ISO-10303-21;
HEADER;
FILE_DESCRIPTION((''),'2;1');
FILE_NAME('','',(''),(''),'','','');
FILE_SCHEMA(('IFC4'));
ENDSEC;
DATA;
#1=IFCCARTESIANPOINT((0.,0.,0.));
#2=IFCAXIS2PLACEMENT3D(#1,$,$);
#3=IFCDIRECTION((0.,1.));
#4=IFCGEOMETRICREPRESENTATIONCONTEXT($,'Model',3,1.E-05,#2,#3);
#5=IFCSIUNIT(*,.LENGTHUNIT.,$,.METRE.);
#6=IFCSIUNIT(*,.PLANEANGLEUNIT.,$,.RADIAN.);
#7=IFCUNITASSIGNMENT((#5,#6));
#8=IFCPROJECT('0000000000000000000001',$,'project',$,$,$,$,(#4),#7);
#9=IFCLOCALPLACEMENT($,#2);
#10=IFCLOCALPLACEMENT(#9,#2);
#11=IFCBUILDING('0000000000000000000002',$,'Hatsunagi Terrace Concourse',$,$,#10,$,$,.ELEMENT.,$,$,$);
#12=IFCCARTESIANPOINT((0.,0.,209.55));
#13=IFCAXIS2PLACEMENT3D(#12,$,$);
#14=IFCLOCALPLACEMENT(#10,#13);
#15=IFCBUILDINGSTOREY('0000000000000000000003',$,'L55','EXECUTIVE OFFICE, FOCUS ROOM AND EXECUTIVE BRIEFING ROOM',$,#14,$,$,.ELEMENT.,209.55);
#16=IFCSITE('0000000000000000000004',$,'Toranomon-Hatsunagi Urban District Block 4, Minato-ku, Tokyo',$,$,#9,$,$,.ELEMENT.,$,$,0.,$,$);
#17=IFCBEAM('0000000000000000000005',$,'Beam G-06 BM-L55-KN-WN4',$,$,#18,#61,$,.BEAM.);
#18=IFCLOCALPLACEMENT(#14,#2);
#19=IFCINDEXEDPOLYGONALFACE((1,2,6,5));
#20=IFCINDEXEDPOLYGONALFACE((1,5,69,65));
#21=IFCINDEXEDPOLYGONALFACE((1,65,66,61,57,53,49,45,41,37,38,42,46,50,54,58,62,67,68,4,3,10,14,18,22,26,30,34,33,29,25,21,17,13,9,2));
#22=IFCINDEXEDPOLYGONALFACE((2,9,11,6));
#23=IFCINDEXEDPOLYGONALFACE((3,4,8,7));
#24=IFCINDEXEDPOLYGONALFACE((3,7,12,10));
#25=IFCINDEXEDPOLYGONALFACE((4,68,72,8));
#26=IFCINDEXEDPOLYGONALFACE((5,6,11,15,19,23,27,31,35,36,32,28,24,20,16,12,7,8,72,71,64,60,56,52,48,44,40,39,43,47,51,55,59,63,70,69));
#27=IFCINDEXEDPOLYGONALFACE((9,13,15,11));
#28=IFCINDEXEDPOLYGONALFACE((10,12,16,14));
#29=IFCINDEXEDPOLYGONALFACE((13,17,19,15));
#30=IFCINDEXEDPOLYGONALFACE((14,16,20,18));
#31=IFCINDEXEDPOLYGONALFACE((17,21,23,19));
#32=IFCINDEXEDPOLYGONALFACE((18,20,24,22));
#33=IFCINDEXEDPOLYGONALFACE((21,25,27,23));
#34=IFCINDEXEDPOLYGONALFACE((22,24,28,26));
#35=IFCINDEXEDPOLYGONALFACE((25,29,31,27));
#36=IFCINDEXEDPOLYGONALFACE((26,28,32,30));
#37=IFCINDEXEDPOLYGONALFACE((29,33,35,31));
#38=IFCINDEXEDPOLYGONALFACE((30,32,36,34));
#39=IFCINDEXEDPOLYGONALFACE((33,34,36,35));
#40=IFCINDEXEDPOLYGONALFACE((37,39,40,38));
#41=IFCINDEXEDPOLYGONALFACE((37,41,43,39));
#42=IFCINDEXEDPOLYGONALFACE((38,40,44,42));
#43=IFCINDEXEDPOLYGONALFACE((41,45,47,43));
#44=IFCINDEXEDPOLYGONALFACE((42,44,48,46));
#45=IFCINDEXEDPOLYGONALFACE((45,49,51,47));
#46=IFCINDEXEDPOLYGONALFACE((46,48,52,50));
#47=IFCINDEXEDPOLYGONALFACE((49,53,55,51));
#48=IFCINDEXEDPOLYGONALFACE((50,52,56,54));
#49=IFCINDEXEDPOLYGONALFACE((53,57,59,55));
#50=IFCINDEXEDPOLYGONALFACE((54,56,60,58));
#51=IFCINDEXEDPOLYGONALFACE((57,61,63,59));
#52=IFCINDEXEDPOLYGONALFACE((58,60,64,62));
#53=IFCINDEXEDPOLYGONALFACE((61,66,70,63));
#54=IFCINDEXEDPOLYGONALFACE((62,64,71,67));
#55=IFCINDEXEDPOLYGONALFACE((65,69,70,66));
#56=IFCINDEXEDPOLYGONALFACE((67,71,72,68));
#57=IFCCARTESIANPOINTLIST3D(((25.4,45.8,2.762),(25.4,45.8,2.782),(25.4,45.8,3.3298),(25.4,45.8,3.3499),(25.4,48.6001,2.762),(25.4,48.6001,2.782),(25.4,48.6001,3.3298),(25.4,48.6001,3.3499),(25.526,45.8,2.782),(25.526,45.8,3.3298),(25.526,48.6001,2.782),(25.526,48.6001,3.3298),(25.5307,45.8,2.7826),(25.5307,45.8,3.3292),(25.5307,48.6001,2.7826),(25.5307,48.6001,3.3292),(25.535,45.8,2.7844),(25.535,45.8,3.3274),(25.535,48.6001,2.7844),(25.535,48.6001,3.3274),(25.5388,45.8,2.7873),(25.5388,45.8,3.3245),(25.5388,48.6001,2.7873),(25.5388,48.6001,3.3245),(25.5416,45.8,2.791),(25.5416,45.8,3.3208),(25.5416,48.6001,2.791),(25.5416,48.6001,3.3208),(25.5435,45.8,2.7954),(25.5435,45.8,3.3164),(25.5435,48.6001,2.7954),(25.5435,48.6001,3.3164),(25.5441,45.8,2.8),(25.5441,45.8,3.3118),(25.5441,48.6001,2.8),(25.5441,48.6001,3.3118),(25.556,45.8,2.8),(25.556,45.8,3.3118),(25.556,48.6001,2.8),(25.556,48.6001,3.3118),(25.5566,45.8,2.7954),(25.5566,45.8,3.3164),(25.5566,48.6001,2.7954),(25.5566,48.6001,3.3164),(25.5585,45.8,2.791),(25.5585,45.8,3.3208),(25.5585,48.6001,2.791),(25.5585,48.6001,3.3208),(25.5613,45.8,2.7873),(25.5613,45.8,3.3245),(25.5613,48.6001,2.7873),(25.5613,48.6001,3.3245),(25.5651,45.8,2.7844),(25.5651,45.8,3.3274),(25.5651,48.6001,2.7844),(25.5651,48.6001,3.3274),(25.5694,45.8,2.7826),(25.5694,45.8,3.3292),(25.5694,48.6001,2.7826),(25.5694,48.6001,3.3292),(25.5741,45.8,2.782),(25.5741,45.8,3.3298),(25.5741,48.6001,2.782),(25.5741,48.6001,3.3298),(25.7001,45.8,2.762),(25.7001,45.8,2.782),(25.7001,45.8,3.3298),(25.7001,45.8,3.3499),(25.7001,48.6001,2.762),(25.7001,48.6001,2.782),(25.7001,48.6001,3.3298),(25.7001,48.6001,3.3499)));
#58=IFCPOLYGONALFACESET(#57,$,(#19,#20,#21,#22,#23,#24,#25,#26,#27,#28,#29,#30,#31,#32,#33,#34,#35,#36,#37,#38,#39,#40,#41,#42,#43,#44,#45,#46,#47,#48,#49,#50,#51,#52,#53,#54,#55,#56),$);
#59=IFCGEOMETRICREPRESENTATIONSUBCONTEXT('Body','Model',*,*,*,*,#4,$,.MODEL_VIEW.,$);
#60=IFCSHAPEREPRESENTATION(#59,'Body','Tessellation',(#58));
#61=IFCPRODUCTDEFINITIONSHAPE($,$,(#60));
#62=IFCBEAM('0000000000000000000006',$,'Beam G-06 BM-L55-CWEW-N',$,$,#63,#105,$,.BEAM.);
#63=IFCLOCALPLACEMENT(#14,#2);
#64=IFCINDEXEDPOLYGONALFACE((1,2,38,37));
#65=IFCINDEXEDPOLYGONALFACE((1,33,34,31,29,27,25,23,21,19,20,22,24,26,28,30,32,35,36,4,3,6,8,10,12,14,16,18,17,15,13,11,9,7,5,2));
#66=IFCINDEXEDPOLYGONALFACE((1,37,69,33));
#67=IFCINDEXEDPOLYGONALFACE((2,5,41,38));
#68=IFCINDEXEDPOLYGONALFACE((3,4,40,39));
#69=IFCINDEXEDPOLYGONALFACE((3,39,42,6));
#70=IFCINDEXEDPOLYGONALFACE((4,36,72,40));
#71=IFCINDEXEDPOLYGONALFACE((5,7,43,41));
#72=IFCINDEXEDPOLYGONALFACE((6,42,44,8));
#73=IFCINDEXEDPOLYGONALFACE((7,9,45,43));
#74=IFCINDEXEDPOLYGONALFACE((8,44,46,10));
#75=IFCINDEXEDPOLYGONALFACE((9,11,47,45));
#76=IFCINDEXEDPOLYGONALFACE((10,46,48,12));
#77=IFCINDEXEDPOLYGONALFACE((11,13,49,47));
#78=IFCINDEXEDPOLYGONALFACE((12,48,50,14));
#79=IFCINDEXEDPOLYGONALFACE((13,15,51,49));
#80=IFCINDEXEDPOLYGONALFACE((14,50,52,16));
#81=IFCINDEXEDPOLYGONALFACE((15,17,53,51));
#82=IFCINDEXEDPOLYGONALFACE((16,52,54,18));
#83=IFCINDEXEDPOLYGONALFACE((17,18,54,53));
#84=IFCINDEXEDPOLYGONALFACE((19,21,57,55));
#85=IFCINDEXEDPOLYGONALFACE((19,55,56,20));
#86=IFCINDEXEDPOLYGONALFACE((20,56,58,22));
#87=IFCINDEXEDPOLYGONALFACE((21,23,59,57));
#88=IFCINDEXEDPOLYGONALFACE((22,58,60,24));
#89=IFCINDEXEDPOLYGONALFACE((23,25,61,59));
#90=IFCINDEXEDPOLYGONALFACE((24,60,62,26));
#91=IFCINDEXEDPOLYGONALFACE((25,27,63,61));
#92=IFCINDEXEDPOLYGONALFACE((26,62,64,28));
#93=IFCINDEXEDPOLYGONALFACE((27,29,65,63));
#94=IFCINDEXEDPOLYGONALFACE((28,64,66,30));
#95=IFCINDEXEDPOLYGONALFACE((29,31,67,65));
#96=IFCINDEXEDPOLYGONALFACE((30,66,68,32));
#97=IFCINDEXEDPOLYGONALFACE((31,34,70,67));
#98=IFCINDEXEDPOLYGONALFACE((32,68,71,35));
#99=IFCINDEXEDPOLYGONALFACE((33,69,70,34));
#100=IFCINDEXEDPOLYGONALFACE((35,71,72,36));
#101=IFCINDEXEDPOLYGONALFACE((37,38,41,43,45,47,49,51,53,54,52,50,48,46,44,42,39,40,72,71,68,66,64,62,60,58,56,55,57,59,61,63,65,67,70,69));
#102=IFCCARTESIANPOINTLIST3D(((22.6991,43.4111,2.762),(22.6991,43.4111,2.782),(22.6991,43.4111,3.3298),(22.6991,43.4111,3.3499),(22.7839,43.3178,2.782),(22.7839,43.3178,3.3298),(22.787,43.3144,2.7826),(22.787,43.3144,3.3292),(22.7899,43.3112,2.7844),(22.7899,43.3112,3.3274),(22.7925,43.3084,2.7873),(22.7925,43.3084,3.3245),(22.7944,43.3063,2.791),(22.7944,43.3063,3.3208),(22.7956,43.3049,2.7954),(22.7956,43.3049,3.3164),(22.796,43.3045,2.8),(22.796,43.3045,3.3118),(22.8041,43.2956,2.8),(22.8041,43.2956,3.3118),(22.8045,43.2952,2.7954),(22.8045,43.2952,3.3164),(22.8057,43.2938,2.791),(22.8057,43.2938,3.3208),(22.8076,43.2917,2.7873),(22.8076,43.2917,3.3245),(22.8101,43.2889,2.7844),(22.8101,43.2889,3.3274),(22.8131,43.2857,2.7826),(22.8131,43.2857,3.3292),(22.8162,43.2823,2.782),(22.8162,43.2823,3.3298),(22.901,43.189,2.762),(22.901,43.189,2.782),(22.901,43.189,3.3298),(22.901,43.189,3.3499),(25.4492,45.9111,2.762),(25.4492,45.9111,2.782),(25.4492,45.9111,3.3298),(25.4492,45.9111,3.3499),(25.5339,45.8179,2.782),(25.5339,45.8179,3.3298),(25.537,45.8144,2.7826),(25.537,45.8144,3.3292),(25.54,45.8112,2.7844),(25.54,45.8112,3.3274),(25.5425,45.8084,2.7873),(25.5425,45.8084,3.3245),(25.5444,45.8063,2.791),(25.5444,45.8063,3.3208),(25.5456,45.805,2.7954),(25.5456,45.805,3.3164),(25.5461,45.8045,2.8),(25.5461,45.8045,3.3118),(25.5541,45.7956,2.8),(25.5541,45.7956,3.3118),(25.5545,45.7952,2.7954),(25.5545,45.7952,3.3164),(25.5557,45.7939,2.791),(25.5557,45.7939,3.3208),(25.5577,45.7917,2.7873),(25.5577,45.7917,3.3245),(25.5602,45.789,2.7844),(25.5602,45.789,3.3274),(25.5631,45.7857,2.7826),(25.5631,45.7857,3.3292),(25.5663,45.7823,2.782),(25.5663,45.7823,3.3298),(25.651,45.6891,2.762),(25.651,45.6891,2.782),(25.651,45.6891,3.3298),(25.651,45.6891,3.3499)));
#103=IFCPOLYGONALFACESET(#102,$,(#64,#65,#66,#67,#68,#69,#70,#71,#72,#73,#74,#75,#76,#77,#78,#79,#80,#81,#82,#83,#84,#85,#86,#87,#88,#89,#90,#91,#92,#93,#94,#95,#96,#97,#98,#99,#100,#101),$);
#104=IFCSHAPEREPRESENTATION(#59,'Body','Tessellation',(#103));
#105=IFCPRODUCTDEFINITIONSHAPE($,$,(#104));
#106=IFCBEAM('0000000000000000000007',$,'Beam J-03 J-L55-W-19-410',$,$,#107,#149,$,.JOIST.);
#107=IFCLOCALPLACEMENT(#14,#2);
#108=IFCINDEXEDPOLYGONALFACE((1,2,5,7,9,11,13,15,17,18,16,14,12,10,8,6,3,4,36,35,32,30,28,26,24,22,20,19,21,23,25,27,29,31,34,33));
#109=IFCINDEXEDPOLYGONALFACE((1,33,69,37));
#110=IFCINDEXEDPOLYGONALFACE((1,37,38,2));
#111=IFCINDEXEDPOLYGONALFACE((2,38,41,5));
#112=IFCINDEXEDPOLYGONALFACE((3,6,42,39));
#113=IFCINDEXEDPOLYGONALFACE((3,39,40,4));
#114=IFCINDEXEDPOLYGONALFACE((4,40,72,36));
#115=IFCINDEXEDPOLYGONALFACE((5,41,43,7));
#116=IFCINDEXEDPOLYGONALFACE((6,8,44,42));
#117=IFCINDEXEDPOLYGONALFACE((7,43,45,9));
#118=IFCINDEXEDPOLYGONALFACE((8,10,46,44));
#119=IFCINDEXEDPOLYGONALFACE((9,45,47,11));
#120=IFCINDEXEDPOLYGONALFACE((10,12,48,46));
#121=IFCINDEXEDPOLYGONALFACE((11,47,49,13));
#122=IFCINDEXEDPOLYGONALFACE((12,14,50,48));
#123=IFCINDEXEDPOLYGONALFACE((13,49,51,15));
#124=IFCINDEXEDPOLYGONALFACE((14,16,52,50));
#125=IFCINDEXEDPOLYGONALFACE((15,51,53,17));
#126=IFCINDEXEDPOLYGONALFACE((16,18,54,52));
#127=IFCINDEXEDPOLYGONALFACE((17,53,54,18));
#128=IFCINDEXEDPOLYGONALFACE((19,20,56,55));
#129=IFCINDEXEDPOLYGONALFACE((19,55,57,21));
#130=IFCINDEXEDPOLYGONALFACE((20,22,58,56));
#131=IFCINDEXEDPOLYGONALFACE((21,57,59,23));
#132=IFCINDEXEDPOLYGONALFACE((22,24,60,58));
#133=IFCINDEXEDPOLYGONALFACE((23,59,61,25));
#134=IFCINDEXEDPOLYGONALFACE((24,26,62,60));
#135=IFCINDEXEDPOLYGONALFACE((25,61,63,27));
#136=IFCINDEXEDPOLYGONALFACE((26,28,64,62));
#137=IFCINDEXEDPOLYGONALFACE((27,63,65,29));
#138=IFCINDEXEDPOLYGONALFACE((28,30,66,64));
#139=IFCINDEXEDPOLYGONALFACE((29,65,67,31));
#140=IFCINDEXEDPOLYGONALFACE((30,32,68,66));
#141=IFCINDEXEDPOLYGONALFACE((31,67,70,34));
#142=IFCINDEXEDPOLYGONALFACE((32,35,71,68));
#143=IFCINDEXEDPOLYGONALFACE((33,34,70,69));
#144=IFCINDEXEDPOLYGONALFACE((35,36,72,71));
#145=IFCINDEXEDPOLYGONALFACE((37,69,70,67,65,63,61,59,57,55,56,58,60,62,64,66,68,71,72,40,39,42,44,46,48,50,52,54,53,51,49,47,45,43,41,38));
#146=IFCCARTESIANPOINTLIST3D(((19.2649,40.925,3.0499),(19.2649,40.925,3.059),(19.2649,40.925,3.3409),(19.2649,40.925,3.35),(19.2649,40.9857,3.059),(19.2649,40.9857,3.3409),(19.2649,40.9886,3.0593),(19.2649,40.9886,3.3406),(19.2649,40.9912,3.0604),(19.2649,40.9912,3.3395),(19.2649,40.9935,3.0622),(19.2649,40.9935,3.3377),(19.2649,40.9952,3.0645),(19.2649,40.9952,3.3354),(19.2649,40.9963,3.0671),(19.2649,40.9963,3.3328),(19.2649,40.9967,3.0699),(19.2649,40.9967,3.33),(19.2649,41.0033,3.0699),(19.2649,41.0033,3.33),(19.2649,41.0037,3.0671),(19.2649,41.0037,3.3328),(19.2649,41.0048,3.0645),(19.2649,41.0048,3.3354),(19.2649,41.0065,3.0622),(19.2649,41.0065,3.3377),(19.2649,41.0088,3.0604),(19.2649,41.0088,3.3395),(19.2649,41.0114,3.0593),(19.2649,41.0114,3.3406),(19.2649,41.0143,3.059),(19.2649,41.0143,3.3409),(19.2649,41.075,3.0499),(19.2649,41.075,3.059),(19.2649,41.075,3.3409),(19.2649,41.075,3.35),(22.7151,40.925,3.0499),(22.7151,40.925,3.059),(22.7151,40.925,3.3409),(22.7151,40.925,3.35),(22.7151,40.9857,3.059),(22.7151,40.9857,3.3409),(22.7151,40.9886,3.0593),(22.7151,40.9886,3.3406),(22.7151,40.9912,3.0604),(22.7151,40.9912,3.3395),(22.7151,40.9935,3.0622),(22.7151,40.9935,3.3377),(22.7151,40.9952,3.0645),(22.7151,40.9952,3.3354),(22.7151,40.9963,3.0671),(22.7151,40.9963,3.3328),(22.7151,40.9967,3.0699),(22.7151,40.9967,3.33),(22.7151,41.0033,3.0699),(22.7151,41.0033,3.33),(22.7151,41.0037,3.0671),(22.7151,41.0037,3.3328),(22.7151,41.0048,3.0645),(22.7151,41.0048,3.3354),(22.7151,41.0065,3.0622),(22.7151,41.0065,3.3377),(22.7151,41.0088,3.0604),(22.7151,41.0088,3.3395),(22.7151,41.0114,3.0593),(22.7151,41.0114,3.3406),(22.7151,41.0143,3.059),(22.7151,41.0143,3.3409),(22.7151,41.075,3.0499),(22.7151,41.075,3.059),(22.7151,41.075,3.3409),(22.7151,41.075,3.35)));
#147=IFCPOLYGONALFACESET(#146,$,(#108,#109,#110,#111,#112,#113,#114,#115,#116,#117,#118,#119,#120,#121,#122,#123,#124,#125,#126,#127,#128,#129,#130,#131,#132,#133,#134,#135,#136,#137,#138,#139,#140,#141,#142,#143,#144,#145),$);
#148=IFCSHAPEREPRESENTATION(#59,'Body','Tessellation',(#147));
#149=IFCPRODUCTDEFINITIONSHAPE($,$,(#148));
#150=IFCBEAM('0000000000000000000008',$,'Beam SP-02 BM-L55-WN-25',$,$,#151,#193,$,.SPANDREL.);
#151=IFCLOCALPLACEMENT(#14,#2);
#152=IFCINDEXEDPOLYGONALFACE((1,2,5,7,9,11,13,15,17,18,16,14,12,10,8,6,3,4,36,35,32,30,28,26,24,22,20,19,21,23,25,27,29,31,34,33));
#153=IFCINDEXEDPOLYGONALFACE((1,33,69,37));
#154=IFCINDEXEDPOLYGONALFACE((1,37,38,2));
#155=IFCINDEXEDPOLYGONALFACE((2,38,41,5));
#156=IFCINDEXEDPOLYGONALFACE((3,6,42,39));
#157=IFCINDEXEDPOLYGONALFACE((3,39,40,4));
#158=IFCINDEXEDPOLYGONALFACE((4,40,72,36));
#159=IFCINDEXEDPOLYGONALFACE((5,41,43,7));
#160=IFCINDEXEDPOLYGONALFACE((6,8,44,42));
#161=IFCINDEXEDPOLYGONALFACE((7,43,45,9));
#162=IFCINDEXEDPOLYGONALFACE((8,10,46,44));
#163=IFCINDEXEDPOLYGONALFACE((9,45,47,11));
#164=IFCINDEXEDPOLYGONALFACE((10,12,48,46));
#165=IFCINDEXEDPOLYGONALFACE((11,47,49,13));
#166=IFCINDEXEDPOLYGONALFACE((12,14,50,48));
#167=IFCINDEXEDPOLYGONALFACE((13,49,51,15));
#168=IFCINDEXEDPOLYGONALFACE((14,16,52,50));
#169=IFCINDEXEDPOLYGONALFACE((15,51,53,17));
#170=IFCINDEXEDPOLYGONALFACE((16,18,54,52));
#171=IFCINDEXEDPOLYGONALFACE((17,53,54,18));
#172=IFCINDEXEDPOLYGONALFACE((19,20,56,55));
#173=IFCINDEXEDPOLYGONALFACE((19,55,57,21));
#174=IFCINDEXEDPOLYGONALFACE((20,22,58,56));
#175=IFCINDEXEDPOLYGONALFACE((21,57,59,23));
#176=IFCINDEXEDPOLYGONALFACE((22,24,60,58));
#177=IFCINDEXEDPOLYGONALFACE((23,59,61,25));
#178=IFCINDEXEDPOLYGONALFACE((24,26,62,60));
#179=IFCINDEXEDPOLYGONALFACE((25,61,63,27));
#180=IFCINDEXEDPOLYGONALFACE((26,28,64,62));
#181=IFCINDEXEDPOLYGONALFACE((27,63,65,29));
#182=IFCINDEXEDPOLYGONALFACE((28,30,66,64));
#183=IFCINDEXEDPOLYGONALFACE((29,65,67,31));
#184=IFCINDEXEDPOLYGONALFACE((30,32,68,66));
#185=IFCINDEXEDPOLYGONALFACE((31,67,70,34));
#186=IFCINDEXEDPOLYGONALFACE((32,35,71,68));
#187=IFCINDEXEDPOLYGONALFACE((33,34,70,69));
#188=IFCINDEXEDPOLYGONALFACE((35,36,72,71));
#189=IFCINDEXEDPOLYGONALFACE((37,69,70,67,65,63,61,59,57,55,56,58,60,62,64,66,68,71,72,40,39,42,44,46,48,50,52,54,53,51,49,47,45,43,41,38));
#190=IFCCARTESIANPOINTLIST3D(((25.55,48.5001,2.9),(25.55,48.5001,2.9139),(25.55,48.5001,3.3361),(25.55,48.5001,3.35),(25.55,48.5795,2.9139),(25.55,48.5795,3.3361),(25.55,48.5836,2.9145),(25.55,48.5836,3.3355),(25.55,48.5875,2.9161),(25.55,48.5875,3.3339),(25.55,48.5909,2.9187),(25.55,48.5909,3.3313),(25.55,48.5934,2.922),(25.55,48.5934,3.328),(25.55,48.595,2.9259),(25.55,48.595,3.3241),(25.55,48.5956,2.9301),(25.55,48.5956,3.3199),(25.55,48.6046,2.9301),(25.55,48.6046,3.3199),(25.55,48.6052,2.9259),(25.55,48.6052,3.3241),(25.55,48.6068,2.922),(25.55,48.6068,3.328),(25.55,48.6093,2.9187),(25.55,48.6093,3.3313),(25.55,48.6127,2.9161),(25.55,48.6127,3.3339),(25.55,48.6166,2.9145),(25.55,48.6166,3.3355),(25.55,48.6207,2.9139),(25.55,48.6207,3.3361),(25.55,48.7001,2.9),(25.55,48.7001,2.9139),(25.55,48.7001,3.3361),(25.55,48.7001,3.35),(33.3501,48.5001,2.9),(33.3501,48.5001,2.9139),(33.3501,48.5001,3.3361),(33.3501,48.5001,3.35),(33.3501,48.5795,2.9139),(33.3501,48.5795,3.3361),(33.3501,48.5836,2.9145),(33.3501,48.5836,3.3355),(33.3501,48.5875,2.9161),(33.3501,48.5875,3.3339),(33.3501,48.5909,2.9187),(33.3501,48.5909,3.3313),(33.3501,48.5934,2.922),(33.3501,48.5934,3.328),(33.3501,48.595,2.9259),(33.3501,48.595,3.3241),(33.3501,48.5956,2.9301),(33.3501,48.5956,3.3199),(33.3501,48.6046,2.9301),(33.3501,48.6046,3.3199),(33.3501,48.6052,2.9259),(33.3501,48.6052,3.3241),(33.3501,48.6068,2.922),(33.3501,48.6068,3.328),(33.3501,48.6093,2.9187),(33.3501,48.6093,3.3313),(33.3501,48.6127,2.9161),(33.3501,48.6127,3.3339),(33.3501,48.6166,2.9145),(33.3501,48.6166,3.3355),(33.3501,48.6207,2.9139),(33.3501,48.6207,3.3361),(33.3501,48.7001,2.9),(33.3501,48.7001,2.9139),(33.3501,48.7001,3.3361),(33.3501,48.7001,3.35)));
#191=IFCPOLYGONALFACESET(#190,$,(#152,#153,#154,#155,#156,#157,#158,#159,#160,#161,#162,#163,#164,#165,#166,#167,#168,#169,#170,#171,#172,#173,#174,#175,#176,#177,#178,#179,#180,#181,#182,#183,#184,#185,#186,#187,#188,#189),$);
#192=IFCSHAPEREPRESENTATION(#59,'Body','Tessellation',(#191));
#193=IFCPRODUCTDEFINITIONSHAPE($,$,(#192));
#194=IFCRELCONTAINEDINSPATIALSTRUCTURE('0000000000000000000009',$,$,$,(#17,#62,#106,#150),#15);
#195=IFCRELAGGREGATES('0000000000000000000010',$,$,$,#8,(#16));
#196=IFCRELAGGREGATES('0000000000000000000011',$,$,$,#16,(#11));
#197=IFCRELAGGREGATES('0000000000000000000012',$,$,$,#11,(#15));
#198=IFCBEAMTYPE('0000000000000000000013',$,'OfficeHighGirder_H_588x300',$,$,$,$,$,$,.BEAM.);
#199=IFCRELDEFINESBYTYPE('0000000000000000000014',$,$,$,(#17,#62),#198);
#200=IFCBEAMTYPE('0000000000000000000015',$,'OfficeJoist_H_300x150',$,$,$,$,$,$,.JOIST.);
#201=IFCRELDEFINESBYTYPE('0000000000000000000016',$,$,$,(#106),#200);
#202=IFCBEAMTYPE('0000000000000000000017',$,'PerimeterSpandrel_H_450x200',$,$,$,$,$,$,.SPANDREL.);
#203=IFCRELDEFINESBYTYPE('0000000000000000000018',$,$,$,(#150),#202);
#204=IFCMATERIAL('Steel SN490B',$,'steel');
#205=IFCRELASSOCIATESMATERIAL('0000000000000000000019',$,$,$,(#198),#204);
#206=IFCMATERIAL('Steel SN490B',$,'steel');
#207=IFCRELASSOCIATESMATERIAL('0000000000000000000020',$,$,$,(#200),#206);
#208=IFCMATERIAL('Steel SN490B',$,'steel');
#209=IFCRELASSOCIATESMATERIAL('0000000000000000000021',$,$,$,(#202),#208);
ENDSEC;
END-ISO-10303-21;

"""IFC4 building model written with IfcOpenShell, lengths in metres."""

from ifc_helpers import new_model, si_unit, direction, frame, origin, origin_2d, place, context, subcontext, project, spatial, i_section, extrude, material, material_profile, profile_set, type_object, element, save


model = new_model("IFC4")

# Units and contexts
model_context = context("Model", 3, precision=1e-05, world=origin(), true_north=direction((0.0, 1.0)))
body_context = subcontext(model_context, "Body", "Model", "MODEL_VIEW")
ifc_project = project(units=[si_unit("LENGTHUNIT", "METRE"), si_unit("PLANEANGLEUNIT", "RADIAN")], contexts=[model_context])

# Site, building, storey
site_placement = place(None, origin())
site = spatial("IfcSite", under=ifc_project, at=site_placement, Name="Toranomon-Hatsunagi Urban District Block 4, Minato-ku, Tokyo", CompositionType="ELEMENT", RefElevation=0.0)
building_placement = place(site_placement, origin())
building = spatial("IfcBuilding", under=site, at=building_placement, Name="Hatsunagi Terrace Concourse", CompositionType="ELEMENT")
storey_placement = place(building_placement, frame((0.0, 0.0, 209.55)))
storey = spatial("IfcBuildingStorey", under=building, at=storey_placement, Name="L55", Description="EXECUTIVE OFFICE, FOCUS ROOM AND EXECUTIVE BRIEFING ROOM", CompositionType="ELEMENT", Elevation=209.55)

# Beams
ifc_material_1 = material(Name="Steel SN490B", Category="steel")
ifc_material_profile_1 = material_profile(ifc_material_1, i_section(OverallWidth=0.3, OverallDepth=0.5879, WebThickness=0.012, FlangeThickness=0.02, FilletRadius=0.0181, at=origin_2d()), Name="H-588x300x12x20")
ifc_profile_set_1 = profile_set([ifc_material_profile_1], Name="Steel SN490B")
beam_type_1 = type_object("IfcBeamType", Name="OfficeHighGirder_H_588x300", PredefinedType="BEAM", material=ifc_profile_set_1)
beam_1_placement = place(storey_placement, frame((25.55, 45.8, 3.0559), z_axis=(0.0, 1.0, 0.0), x_axis=(-1.0, 0.0, 0.0)))
element("IfcBeam", 1, at=beam_1_placement, inside=storey, type_object=beam_type_1, Name="Beam G-06 BM-L55-KN-WN4", PredefinedType="BEAM", context=body_context, shape_type="SweptSolid", body=[
    extrude(i_section(OverallWidth=0.3, OverallDepth=0.5879, WebThickness=0.012, FlangeThickness=0.02, FilletRadius=0.0181, at=origin_2d()), origin(), (0.0, 0.0, 1.0), 2.8),
])
beam_2_placement = place(storey_placement, frame((22.8, 43.3, 3.0559), z_axis=(0.73994, 0.672673, 0.0), x_axis=(-0.672673, 0.73994, 0.0)))
element("IfcBeam", 2, at=beam_2_placement, inside=storey, type_object=beam_type_1, Name="Beam G-06 BM-L55-CWEW-N", PredefinedType="BEAM", context=body_context, shape_type="SweptSolid", body=[
    extrude(i_section(OverallWidth=0.3, OverallDepth=0.5879, WebThickness=0.012, FlangeThickness=0.02, FilletRadius=0.0181, at=origin_2d()), origin(), (0.0, 0.0, 1.0), 3.7166),
])
ifc_material_2 = material(Name="Steel SN490B", Category="steel")
ifc_material_profile_2 = material_profile(ifc_material_2, i_section(OverallWidth=0.1499, OverallDepth=0.3, WebThickness=0.0066, FlangeThickness=0.009, FilletRadius=0.011, at=origin_2d()), Name="H-300x150x6.5x9")
ifc_profile_set_2 = profile_set([ifc_material_profile_2], Name="Steel SN490B")
beam_type_2 = type_object("IfcBeamType", Name="OfficeJoist_H_300x150", PredefinedType="JOIST", material=ifc_profile_set_2)
beam_3_placement = place(storey_placement, frame((19.2649, 41.0, 3.2), z_axis=(1.0, 0.0, 0.0), x_axis=(0.0, 1.0, 0.0)))
element("IfcBeam", 3, at=beam_3_placement, inside=storey, type_object=beam_type_2, Name="Beam J-03 J-L55-W-19-410", PredefinedType="JOIST", context=body_context, shape_type="SweptSolid", body=[
    extrude(i_section(OverallWidth=0.1499, OverallDepth=0.3, WebThickness=0.0066, FlangeThickness=0.009, FilletRadius=0.011, at=origin_2d()), origin(), (0.0, 0.0, 1.0), 3.4502),
])
ifc_material_3 = material(Name="Steel SN490B", Category="steel")
ifc_material_profile_3 = material_profile(ifc_material_3, i_section(OverallWidth=0.2, OverallDepth=0.45, WebThickness=0.009, FlangeThickness=0.0139, FilletRadius=0.0161, at=origin_2d()), Name="H-450x200x9x14")
ifc_profile_set_3 = profile_set([ifc_material_profile_3], Name="Steel SN490B")
beam_type_3 = type_object("IfcBeamType", Name="PerimeterSpandrel_H_450x200", PredefinedType="SPANDREL", material=ifc_profile_set_3)
beam_4_placement = place(storey_placement, frame((25.55, 48.6001, 3.125), z_axis=(1.0, 0.0, 0.0), x_axis=(0.0, 1.0, 0.0)))
element("IfcBeam", 4, at=beam_4_placement, inside=storey, type_object=beam_type_3, Name="Beam SP-02 BM-L55-WN-25", PredefinedType="SPANDREL", context=body_context, shape_type="SweptSolid", body=[
    extrude(i_section(OverallWidth=0.2, OverallDepth=0.45, WebThickness=0.009, FlangeThickness=0.0139, FilletRadius=0.0161, at=origin_2d()), origin(), (0.0, 0.0, 1.0), 7.8),
])

save(model, "model.ifc")
